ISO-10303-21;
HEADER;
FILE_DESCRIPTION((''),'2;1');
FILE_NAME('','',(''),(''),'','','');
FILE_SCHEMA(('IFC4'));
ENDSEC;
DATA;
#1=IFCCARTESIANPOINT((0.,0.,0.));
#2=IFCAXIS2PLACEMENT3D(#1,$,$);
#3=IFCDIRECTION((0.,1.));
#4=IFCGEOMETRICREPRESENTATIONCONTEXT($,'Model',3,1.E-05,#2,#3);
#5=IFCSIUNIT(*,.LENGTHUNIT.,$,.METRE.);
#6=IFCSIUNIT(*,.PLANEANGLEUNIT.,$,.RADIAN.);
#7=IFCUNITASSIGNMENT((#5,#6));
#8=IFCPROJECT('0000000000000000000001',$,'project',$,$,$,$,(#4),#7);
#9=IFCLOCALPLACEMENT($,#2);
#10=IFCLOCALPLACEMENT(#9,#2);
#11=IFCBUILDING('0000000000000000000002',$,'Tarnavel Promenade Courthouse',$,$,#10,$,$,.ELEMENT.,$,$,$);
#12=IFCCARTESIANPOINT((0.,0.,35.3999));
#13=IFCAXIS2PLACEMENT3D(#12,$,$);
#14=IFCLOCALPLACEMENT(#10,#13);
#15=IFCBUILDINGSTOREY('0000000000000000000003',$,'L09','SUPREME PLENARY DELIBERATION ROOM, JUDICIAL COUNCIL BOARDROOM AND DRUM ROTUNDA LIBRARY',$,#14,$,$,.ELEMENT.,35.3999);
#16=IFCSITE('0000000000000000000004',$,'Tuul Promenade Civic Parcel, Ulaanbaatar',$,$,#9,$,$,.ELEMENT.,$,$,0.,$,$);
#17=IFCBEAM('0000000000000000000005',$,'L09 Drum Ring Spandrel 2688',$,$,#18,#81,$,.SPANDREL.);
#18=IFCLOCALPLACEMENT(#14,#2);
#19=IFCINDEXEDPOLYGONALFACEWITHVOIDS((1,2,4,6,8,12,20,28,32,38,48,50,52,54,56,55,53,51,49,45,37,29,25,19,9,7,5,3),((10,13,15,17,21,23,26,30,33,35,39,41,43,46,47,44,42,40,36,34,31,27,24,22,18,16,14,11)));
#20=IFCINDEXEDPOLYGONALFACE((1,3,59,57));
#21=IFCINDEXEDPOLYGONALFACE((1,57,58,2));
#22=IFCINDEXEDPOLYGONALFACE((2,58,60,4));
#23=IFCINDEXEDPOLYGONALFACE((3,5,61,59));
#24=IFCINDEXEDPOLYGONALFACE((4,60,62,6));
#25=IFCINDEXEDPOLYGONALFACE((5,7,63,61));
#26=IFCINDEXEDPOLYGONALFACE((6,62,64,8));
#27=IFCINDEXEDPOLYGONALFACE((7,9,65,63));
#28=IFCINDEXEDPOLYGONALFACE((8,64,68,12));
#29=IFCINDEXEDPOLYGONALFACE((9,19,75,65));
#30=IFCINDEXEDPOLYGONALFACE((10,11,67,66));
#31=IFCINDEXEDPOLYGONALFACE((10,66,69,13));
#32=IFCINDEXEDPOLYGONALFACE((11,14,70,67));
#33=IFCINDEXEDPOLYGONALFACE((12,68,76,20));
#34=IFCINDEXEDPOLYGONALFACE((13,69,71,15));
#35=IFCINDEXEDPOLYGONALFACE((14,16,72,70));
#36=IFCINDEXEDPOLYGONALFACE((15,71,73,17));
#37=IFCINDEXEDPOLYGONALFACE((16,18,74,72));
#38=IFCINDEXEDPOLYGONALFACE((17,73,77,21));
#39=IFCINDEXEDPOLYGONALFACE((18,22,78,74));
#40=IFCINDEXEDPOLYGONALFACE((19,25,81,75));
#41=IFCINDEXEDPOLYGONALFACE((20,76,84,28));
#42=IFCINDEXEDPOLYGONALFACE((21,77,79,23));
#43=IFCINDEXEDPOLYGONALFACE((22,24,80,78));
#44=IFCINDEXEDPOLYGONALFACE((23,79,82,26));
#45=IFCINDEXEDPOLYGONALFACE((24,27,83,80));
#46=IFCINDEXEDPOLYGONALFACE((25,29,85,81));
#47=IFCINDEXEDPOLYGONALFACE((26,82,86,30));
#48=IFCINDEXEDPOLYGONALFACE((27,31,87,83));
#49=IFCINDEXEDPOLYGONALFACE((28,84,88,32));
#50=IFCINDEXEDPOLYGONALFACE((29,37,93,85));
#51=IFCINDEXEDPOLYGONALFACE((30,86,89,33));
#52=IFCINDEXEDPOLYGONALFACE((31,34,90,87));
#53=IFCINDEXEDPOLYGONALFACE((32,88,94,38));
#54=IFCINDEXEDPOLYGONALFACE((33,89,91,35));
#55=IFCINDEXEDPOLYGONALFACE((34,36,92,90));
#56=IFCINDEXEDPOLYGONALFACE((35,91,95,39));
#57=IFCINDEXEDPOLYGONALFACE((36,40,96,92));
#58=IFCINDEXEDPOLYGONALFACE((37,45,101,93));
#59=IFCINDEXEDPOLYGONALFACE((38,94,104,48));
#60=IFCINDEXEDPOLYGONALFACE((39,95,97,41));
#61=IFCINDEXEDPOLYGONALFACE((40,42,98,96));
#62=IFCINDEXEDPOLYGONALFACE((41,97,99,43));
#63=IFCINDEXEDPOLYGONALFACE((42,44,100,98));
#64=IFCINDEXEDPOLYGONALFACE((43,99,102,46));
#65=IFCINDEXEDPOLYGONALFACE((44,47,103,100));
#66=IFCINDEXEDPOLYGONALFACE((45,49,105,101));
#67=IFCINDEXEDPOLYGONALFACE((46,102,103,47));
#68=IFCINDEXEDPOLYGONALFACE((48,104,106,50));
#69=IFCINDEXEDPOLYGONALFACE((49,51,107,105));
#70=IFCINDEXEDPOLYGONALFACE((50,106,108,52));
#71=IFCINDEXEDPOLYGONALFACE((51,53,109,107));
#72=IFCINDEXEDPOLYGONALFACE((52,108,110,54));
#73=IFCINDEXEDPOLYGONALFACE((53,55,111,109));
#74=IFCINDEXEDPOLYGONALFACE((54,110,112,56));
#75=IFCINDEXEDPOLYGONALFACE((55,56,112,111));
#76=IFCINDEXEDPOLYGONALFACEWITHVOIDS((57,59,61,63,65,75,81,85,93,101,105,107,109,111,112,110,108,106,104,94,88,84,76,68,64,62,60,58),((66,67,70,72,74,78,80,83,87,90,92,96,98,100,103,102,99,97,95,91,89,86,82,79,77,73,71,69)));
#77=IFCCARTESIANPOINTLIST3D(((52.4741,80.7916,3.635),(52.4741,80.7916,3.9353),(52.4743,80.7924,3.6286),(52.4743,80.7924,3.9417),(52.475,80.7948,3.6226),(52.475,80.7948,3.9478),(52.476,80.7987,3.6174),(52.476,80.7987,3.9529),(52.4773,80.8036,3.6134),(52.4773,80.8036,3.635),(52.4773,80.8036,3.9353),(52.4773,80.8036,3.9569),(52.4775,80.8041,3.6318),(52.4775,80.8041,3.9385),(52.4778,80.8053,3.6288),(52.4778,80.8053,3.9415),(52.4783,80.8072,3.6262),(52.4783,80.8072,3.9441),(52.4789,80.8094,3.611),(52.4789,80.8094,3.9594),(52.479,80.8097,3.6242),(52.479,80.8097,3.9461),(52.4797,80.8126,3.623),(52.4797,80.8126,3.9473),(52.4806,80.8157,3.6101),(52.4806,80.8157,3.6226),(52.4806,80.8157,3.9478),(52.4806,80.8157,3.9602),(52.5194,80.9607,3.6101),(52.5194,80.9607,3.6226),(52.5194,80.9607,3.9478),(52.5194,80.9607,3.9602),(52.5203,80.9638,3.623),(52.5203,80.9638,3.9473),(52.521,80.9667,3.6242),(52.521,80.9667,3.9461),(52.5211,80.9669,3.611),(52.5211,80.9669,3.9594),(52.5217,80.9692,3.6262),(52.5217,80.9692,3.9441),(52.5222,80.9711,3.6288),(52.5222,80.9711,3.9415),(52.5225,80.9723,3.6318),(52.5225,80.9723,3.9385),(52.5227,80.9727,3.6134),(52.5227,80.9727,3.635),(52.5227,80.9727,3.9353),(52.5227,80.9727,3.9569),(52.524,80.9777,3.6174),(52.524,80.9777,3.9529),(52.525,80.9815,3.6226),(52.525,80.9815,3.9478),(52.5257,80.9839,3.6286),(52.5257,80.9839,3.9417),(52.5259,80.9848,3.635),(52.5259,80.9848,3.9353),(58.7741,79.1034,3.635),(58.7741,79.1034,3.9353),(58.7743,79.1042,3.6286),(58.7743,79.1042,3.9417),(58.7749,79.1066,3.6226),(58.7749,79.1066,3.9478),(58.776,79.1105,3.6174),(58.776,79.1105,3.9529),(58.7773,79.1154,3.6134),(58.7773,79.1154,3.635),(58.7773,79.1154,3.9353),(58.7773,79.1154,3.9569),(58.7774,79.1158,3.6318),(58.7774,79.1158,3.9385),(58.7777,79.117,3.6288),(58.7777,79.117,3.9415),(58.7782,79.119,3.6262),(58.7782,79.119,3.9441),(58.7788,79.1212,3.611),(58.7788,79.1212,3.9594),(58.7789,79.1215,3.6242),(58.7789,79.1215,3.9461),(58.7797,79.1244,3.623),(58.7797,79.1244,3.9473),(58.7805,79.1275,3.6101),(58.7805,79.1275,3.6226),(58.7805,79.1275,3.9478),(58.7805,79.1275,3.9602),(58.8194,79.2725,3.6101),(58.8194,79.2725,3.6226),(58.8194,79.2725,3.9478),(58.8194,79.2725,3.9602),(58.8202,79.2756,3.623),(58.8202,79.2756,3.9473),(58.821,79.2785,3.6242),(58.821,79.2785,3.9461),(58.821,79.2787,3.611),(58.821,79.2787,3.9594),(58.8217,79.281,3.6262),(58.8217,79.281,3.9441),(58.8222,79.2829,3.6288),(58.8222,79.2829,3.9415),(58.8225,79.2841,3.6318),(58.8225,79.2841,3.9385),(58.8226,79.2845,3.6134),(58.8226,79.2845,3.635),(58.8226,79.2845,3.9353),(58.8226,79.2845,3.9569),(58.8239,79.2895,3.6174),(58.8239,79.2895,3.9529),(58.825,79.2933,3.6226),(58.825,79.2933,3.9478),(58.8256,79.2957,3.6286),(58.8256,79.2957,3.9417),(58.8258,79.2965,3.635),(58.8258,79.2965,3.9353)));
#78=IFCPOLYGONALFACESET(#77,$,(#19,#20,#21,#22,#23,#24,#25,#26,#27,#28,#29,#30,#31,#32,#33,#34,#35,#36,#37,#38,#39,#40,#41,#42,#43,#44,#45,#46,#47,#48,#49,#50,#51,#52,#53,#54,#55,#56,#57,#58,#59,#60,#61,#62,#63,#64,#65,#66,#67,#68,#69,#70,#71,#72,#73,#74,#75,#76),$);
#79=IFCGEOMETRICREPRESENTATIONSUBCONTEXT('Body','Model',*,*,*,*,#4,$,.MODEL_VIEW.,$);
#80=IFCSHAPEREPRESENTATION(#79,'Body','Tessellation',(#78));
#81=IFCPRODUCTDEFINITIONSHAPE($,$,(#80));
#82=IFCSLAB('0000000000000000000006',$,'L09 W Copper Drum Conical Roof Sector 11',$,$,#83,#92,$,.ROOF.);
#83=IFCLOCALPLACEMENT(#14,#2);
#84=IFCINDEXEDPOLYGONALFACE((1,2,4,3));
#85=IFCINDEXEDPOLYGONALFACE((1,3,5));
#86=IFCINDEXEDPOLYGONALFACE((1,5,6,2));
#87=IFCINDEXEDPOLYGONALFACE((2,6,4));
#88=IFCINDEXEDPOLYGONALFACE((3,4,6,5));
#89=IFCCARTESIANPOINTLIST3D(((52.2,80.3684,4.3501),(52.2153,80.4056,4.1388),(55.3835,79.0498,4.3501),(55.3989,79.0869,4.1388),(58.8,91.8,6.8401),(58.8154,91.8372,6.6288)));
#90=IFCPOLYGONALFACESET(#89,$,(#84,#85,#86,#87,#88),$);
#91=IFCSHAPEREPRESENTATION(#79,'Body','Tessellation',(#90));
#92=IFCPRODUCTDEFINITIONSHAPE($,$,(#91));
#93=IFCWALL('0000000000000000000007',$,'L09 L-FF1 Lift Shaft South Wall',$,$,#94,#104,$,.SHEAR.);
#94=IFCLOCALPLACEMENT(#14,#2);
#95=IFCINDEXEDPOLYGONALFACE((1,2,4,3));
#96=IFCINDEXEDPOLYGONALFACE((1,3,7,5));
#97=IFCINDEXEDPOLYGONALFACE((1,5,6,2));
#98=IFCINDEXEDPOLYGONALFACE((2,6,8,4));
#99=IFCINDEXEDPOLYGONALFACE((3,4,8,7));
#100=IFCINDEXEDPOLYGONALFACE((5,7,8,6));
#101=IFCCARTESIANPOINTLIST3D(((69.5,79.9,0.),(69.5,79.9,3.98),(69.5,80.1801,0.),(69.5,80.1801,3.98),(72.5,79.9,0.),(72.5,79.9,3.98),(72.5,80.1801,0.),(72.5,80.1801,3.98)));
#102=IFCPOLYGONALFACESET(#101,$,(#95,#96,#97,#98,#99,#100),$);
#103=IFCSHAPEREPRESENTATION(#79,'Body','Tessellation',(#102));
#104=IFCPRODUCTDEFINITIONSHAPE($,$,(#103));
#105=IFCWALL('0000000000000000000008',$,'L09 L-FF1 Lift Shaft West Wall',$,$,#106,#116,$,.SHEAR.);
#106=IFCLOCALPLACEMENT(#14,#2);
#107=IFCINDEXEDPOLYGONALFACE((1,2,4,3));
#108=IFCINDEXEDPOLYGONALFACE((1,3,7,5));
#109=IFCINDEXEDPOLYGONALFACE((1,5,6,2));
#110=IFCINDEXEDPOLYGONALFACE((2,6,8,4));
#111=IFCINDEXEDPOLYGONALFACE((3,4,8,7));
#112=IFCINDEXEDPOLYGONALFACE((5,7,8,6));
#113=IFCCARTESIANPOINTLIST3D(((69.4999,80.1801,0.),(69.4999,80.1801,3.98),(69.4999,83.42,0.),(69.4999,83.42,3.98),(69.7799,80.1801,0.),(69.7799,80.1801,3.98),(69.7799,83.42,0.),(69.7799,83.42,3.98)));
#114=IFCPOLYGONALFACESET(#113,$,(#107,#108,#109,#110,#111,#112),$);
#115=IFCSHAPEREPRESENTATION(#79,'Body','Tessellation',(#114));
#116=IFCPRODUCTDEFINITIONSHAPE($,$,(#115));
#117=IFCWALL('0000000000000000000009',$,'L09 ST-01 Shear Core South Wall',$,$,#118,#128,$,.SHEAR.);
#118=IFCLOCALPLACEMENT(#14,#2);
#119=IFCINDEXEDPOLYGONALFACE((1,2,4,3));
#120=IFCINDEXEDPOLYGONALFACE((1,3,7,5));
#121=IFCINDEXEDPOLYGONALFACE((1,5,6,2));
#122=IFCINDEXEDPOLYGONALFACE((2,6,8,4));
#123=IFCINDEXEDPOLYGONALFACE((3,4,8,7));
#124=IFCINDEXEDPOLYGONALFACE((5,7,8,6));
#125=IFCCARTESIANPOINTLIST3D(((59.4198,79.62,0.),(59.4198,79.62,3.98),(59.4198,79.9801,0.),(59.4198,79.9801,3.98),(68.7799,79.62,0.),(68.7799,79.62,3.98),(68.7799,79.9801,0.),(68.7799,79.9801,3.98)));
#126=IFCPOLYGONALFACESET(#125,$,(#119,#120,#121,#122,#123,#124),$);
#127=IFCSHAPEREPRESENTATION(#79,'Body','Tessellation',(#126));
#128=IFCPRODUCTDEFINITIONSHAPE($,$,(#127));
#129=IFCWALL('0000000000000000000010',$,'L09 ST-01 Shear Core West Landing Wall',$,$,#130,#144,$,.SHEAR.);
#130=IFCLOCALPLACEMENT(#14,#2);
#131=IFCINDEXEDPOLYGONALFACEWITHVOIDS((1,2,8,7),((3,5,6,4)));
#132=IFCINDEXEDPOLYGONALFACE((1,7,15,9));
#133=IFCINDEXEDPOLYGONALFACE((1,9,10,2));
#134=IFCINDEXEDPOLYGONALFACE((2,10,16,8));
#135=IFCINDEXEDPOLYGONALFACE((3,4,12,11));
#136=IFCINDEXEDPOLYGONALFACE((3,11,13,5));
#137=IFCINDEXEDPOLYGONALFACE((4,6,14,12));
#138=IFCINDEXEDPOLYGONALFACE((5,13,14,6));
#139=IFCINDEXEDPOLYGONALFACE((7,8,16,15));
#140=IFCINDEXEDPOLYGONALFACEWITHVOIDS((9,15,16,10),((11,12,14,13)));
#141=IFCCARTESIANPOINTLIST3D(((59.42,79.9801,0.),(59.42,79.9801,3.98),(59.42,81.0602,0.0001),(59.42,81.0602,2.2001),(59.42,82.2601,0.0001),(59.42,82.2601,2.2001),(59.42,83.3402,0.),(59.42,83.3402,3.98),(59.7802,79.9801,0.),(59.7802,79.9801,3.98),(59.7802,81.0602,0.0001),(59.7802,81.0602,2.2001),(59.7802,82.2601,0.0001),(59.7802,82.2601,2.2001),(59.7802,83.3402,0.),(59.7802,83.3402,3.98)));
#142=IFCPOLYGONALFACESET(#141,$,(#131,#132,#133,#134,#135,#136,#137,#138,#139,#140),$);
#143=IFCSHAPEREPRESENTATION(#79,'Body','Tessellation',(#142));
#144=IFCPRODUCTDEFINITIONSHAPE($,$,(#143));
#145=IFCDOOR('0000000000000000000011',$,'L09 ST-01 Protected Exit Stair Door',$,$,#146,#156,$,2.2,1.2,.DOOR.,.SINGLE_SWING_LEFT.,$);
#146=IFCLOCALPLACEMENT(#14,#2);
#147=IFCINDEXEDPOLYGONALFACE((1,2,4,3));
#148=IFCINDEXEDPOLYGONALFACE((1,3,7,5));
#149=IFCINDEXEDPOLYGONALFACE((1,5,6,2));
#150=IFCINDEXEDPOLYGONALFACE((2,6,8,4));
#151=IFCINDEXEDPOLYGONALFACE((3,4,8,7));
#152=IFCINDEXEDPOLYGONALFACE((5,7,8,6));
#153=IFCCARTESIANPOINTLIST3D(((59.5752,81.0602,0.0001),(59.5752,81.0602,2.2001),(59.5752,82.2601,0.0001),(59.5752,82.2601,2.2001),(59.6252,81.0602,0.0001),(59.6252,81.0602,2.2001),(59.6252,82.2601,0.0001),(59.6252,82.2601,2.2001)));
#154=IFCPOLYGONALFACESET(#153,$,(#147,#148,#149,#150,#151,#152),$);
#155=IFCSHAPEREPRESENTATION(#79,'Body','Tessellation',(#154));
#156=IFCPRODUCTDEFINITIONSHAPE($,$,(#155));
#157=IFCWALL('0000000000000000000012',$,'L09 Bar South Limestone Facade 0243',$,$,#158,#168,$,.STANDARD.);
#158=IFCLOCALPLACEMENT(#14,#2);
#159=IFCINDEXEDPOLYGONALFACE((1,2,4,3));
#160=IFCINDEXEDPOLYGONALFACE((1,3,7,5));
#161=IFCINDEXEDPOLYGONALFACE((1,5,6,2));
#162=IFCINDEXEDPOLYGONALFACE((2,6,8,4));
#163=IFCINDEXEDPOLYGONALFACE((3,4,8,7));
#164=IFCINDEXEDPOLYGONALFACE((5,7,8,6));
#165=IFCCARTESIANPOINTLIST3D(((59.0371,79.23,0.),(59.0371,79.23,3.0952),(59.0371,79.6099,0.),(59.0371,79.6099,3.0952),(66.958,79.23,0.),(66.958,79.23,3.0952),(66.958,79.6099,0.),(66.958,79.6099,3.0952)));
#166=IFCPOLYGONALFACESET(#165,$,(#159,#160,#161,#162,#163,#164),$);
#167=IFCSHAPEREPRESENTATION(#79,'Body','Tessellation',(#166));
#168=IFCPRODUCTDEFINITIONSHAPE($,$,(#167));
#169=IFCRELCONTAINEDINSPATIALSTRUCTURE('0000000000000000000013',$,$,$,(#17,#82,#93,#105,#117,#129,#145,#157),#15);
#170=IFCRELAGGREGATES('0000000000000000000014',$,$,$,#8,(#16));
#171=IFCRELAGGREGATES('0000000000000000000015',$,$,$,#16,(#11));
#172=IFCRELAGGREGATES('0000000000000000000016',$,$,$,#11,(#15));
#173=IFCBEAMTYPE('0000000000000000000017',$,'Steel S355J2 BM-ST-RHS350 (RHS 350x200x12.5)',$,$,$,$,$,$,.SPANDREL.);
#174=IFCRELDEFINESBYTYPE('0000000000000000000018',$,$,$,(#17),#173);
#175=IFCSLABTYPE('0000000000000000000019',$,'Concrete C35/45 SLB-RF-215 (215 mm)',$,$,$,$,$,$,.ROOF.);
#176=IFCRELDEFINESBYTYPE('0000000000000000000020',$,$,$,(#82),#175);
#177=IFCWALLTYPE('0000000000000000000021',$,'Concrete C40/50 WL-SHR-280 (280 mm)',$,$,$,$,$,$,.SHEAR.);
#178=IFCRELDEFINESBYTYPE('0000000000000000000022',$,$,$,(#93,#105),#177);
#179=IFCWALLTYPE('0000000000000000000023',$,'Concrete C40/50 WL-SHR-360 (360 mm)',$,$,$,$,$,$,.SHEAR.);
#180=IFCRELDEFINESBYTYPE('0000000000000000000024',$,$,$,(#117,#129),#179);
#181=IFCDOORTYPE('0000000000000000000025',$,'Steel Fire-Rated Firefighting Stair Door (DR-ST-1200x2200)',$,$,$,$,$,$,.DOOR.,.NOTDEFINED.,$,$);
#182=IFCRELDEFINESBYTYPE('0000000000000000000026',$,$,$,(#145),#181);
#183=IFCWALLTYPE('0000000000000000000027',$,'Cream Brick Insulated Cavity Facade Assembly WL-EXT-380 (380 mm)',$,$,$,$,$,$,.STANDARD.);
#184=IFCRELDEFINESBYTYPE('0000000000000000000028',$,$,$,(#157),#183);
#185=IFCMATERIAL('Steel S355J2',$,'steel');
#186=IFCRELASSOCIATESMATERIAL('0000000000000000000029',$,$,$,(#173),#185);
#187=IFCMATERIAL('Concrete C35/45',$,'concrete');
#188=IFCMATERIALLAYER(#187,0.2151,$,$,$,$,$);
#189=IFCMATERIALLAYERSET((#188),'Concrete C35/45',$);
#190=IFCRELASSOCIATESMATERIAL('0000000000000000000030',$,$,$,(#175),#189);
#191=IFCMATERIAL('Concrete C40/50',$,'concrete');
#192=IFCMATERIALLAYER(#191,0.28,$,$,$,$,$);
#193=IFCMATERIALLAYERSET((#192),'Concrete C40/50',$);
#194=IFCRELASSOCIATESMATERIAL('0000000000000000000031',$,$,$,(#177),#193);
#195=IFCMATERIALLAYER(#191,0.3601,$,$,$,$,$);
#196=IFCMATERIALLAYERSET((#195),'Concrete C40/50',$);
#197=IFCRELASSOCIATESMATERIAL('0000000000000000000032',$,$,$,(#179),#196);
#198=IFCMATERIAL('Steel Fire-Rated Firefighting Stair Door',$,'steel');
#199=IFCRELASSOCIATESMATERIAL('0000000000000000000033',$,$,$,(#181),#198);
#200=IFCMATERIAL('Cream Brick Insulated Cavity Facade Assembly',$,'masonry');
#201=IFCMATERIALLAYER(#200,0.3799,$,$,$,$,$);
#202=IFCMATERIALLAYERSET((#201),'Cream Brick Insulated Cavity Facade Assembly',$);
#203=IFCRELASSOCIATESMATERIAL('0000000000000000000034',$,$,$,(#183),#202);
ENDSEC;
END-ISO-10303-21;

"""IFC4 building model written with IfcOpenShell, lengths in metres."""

from ifc_helpers import new_model, si_unit, direction, frame, frame_2d, origin, origin_2d, place, context, subcontext, project, spatial, polyline, rectangle, hollow_rectangle, outline, extrude, material, layer, layer_set, material_profile, profile_set, type_object, element, fill, save


model = new_model("IFC4")

# Units and contexts
model_context = context("Model", 3, precision=1e-05, world=origin(), true_north=direction((0.0, 1.0)))
body_context = subcontext(model_context, "Body", "Model", "MODEL_VIEW")
ifc_project = project(units=[si_unit("LENGTHUNIT", "METRE"), si_unit("PLANEANGLEUNIT", "RADIAN")], contexts=[model_context])

# Site, building, storey
site_placement = place(None, origin())
site = spatial("IfcSite", under=ifc_project, at=site_placement, Name="Tuul Promenade Civic Parcel, Ulaanbaatar", CompositionType="ELEMENT", RefElevation=0.0)
building_placement = place(site_placement, origin())
building = spatial("IfcBuilding", under=site, at=building_placement, Name="Tarnavel Promenade Courthouse", CompositionType="ELEMENT")
storey_placement = place(building_placement, frame((0.0, 0.0, 35.3999)))
storey = spatial("IfcBuildingStorey", under=building, at=storey_placement, Name="L09", Description="SUPREME PLENARY DELIBERATION ROOM, JUDICIAL COUNCIL BOARDROOM AND DRUM ROTUNDA LIBRARY", CompositionType="ELEMENT", Elevation=35.3999)

# Shared definitions
ifc_material_1 = material(Name="Concrete C40/50", Category="concrete")

# Beam
ifc_material_2 = material(Name="Steel S355J2", Category="steel")
ifc_material_profile_1 = material_profile(ifc_material_2, hollow_rectangle(XDim=0.2, YDim=0.3501, WallThickness=0.0125, InnerFilletRadius=0.0125, OuterFilletRadius=0.0249, at=origin_2d()), Name="RHS 350x200x12.5")
ifc_profile_set_1 = profile_set([ifc_material_profile_1], Name="Steel S355J2")
beam_type_1 = type_object("IfcBeamType", Name="Steel S355J2 BM-ST-RHS350 (RHS 350x200x12.5)", PredefinedType="SPANDREL", material=ifc_profile_set_1)
beam_1_placement = place(storey_placement, frame((52.5, 80.8882, 3.7852), z_axis=(0.96592, -0.258839, 0.0), x_axis=(0.258839, 0.96592, 0.0)))
element("IfcBeam", 1, at=beam_1_placement, inside=storey, type_object=beam_type_1, Name="L09 Drum Ring Spandrel 2688", PredefinedType="SPANDREL", context=body_context, shape_type="SweptSolid", body=[
    extrude(hollow_rectangle(XDim=0.2, YDim=0.3501, WallThickness=0.0125, InnerFilletRadius=0.0125, OuterFilletRadius=0.0249, at=origin_2d()), origin(), (0.0, 0.0, 1.0), 6.5222),
])

# Slab
ifc_material_3 = material(Name="Concrete C35/45", Category="concrete")
ifc_layer_1 = layer(ifc_material_3, 0.2151)
ifc_layer_set_1 = layer_set([ifc_layer_1], Name="Concrete C35/45")
slab_type = type_object("IfcSlabType", Name="Concrete C35/45 SLB-RF-215 (215 mm)", PredefinedType="ROOF", material=ifc_layer_set_1)
slab_placement = place(storey_placement, frame((52.2, 80.3684, 4.3501), z_axis=(-0.071523, -0.172683, 0.982377), x_axis=(0.923888, -0.382663, 0.0)))
element("IfcSlab", 2, at=slab_placement, inside=storey, type_object=slab_type, Name="L09 W Copper Drum Conical Roof Sector 11", PredefinedType="ROOF", context=body_context, shape_type="SweptSolid", body=[
    extrude(outline(polyline([(0.0, 0.0), (3.4459, 0.0), (1.7233, 13.3219), (0.0, 0.0)])), origin(), (0.0, 0.0, -1.0), 0.2151),
])

# Walls
ifc_layer_2 = layer(ifc_material_1, 0.28)
ifc_layer_set_2 = layer_set([ifc_layer_2], Name="Concrete C40/50")
wall_type_1 = type_object("IfcWallType", Name="Concrete C40/50 WL-SHR-280 (280 mm)", PredefinedType="SHEAR", material=ifc_layer_set_2)
wall_1_placement = place(storey_placement, frame((72.5, 80.04, 0.0), z_axis=(0.0, 0.0, 1.0), x_axis=(-1.0, 0.0, 0.0)))
element("IfcWall", 3, at=wall_1_placement, inside=storey, type_object=wall_type_1, Name="L09 L-FF1 Lift Shaft South Wall", PredefinedType="SHEAR", context=body_context, shape_type="SweptSolid", body=[
    extrude(rectangle(XDim=3.0, YDim=0.28, at=frame_2d((1.5, 0.0))), origin(), (0.0, 0.0, 1.0), 3.98),
])
wall_2_placement = place(storey_placement, frame((69.6399, 80.1799, 0.0), z_axis=(0.0, 0.0, 1.0), x_axis=(0.0, 1.0, 0.0)))
element("IfcWall", 4, at=wall_2_placement, inside=storey, type_object=wall_type_1, Name="L09 L-FF1 Lift Shaft West Wall", PredefinedType="SHEAR", context=body_context, shape_type="SweptSolid", body=[
    extrude(rectangle(XDim=3.24, YDim=0.28, at=frame_2d((1.6201, 0.0))), origin(), (0.0, 0.0, 1.0), 3.98),
])
ifc_layer_3 = layer(ifc_material_1, 0.3601)
ifc_layer_set_3 = layer_set([ifc_layer_3], Name="Concrete C40/50")
wall_type_2 = type_object("IfcWallType", Name="Concrete C40/50 WL-SHR-360 (360 mm)", PredefinedType="SHEAR", material=ifc_layer_set_3)
wall_3_placement = place(storey_placement, frame((68.78, 79.8, 0.0), z_axis=(0.0, 0.0, 1.0), x_axis=(-1.0, 0.0, 0.0)))
element("IfcWall", 5, at=wall_3_placement, inside=storey, type_object=wall_type_2, Name="L09 ST-01 Shear Core South Wall", PredefinedType="SHEAR", context=body_context, shape_type="SweptSolid", body=[
    extrude(rectangle(XDim=9.3601, YDim=0.3601, at=frame_2d((4.6802, 0.0))), origin(), (0.0, 0.0, 1.0), 3.98),
])

# Wall, opening, door
wall_4_placement = place(storey_placement, frame((59.6001, 79.98, 0.0), z_axis=(0.0, 0.0, 1.0), x_axis=(0.0, 1.0, 0.0)))
wall_4 = element("IfcWall", 6, at=wall_4_placement, inside=storey, type_object=wall_type_2, Name="L09 ST-01 Shear Core West Landing Wall", PredefinedType="SHEAR", context=body_context, shape_type="SweptSolid", body=[
    extrude(rectangle(XDim=3.3601, YDim=0.3601, at=frame_2d((1.6802, 0.0))), origin(), (0.0, 0.0, 1.0), 3.98),
])
opening_1_placement = place(wall_4_placement, frame((1.0801, 0.0, 0.0)))
opening_1 = element("IfcOpeningElement", 7, at=opening_1_placement, cuts=wall_4, PredefinedType="OPENING", context=body_context, shape_type="SweptSolid", body=[
    extrude(rectangle(XDim=1.2, YDim=2.2, at=frame_2d((0.6001, 1.1001))), frame((0.0, 0.1899, 0.0), z_axis=(0.0, -1.0, 0.0), x_axis=(1.0, 0.0, 0.0)), (0.0, 0.0, 1.0), 0.3801),
])
ifc_material_4 = material(Name="Steel Fire-Rated Firefighting Stair Door", Category="steel")
door_type = type_object("IfcDoorType", Name="Steel Fire-Rated Firefighting Stair Door (DR-ST-1200x2200)", OperationType="NOTDEFINED", PredefinedType="DOOR", material=ifc_material_4)
door_placement = place(opening_1_placement, origin())
door = element("IfcDoor", 8, at=door_placement, inside=storey, type_object=door_type, Name="L09 ST-01 Protected Exit Stair Door", OperationType="SINGLE_SWING_LEFT", OverallHeight=2.2, OverallWidth=1.2, PredefinedType="DOOR", context=body_context, shape_type="SweptSolid", body=[
    extrude(rectangle(XDim=1.2, YDim=2.2, at=frame_2d((0.6001, 1.1001))), frame((0.0, 0.0249, 0.0), z_axis=(0.0, -1.0, 0.0), x_axis=(1.0, 0.0, 0.0)), (0.0, 0.0, 1.0), 0.05),
])
fill(opening_1, door)

# Wall
ifc_material_5 = material(Name="Cream Brick Insulated Cavity Facade Assembly", Category="masonry")
ifc_layer_4 = layer(ifc_material_5, 0.3799)
ifc_layer_set_4 = layer_set([ifc_layer_4], Name="Cream Brick Insulated Cavity Facade Assembly")
wall_type_3 = type_object("IfcWallType", Name="Cream Brick Insulated Cavity Facade Assembly WL-EXT-380 (380 mm)", PredefinedType="STANDARD", material=ifc_layer_set_4)
wall_5_placement = place(storey_placement, frame((66.958, 79.4199, 0.0), z_axis=(0.0, 0.0, 1.0), x_axis=(-1.0, 0.0, 0.0)))
element("IfcWall", 9, at=wall_5_placement, inside=storey, type_object=wall_type_3, Name="L09 Bar South Limestone Facade 0243", PredefinedType="STANDARD", context=body_context, shape_type="SweptSolid", body=[
    extrude(rectangle(XDim=7.9209, YDim=0.3799, at=frame_2d((3.9604, 0.0))), origin(), (0.0, 0.0, 1.0), 3.0952),
])

save(model, "model.ifc")
